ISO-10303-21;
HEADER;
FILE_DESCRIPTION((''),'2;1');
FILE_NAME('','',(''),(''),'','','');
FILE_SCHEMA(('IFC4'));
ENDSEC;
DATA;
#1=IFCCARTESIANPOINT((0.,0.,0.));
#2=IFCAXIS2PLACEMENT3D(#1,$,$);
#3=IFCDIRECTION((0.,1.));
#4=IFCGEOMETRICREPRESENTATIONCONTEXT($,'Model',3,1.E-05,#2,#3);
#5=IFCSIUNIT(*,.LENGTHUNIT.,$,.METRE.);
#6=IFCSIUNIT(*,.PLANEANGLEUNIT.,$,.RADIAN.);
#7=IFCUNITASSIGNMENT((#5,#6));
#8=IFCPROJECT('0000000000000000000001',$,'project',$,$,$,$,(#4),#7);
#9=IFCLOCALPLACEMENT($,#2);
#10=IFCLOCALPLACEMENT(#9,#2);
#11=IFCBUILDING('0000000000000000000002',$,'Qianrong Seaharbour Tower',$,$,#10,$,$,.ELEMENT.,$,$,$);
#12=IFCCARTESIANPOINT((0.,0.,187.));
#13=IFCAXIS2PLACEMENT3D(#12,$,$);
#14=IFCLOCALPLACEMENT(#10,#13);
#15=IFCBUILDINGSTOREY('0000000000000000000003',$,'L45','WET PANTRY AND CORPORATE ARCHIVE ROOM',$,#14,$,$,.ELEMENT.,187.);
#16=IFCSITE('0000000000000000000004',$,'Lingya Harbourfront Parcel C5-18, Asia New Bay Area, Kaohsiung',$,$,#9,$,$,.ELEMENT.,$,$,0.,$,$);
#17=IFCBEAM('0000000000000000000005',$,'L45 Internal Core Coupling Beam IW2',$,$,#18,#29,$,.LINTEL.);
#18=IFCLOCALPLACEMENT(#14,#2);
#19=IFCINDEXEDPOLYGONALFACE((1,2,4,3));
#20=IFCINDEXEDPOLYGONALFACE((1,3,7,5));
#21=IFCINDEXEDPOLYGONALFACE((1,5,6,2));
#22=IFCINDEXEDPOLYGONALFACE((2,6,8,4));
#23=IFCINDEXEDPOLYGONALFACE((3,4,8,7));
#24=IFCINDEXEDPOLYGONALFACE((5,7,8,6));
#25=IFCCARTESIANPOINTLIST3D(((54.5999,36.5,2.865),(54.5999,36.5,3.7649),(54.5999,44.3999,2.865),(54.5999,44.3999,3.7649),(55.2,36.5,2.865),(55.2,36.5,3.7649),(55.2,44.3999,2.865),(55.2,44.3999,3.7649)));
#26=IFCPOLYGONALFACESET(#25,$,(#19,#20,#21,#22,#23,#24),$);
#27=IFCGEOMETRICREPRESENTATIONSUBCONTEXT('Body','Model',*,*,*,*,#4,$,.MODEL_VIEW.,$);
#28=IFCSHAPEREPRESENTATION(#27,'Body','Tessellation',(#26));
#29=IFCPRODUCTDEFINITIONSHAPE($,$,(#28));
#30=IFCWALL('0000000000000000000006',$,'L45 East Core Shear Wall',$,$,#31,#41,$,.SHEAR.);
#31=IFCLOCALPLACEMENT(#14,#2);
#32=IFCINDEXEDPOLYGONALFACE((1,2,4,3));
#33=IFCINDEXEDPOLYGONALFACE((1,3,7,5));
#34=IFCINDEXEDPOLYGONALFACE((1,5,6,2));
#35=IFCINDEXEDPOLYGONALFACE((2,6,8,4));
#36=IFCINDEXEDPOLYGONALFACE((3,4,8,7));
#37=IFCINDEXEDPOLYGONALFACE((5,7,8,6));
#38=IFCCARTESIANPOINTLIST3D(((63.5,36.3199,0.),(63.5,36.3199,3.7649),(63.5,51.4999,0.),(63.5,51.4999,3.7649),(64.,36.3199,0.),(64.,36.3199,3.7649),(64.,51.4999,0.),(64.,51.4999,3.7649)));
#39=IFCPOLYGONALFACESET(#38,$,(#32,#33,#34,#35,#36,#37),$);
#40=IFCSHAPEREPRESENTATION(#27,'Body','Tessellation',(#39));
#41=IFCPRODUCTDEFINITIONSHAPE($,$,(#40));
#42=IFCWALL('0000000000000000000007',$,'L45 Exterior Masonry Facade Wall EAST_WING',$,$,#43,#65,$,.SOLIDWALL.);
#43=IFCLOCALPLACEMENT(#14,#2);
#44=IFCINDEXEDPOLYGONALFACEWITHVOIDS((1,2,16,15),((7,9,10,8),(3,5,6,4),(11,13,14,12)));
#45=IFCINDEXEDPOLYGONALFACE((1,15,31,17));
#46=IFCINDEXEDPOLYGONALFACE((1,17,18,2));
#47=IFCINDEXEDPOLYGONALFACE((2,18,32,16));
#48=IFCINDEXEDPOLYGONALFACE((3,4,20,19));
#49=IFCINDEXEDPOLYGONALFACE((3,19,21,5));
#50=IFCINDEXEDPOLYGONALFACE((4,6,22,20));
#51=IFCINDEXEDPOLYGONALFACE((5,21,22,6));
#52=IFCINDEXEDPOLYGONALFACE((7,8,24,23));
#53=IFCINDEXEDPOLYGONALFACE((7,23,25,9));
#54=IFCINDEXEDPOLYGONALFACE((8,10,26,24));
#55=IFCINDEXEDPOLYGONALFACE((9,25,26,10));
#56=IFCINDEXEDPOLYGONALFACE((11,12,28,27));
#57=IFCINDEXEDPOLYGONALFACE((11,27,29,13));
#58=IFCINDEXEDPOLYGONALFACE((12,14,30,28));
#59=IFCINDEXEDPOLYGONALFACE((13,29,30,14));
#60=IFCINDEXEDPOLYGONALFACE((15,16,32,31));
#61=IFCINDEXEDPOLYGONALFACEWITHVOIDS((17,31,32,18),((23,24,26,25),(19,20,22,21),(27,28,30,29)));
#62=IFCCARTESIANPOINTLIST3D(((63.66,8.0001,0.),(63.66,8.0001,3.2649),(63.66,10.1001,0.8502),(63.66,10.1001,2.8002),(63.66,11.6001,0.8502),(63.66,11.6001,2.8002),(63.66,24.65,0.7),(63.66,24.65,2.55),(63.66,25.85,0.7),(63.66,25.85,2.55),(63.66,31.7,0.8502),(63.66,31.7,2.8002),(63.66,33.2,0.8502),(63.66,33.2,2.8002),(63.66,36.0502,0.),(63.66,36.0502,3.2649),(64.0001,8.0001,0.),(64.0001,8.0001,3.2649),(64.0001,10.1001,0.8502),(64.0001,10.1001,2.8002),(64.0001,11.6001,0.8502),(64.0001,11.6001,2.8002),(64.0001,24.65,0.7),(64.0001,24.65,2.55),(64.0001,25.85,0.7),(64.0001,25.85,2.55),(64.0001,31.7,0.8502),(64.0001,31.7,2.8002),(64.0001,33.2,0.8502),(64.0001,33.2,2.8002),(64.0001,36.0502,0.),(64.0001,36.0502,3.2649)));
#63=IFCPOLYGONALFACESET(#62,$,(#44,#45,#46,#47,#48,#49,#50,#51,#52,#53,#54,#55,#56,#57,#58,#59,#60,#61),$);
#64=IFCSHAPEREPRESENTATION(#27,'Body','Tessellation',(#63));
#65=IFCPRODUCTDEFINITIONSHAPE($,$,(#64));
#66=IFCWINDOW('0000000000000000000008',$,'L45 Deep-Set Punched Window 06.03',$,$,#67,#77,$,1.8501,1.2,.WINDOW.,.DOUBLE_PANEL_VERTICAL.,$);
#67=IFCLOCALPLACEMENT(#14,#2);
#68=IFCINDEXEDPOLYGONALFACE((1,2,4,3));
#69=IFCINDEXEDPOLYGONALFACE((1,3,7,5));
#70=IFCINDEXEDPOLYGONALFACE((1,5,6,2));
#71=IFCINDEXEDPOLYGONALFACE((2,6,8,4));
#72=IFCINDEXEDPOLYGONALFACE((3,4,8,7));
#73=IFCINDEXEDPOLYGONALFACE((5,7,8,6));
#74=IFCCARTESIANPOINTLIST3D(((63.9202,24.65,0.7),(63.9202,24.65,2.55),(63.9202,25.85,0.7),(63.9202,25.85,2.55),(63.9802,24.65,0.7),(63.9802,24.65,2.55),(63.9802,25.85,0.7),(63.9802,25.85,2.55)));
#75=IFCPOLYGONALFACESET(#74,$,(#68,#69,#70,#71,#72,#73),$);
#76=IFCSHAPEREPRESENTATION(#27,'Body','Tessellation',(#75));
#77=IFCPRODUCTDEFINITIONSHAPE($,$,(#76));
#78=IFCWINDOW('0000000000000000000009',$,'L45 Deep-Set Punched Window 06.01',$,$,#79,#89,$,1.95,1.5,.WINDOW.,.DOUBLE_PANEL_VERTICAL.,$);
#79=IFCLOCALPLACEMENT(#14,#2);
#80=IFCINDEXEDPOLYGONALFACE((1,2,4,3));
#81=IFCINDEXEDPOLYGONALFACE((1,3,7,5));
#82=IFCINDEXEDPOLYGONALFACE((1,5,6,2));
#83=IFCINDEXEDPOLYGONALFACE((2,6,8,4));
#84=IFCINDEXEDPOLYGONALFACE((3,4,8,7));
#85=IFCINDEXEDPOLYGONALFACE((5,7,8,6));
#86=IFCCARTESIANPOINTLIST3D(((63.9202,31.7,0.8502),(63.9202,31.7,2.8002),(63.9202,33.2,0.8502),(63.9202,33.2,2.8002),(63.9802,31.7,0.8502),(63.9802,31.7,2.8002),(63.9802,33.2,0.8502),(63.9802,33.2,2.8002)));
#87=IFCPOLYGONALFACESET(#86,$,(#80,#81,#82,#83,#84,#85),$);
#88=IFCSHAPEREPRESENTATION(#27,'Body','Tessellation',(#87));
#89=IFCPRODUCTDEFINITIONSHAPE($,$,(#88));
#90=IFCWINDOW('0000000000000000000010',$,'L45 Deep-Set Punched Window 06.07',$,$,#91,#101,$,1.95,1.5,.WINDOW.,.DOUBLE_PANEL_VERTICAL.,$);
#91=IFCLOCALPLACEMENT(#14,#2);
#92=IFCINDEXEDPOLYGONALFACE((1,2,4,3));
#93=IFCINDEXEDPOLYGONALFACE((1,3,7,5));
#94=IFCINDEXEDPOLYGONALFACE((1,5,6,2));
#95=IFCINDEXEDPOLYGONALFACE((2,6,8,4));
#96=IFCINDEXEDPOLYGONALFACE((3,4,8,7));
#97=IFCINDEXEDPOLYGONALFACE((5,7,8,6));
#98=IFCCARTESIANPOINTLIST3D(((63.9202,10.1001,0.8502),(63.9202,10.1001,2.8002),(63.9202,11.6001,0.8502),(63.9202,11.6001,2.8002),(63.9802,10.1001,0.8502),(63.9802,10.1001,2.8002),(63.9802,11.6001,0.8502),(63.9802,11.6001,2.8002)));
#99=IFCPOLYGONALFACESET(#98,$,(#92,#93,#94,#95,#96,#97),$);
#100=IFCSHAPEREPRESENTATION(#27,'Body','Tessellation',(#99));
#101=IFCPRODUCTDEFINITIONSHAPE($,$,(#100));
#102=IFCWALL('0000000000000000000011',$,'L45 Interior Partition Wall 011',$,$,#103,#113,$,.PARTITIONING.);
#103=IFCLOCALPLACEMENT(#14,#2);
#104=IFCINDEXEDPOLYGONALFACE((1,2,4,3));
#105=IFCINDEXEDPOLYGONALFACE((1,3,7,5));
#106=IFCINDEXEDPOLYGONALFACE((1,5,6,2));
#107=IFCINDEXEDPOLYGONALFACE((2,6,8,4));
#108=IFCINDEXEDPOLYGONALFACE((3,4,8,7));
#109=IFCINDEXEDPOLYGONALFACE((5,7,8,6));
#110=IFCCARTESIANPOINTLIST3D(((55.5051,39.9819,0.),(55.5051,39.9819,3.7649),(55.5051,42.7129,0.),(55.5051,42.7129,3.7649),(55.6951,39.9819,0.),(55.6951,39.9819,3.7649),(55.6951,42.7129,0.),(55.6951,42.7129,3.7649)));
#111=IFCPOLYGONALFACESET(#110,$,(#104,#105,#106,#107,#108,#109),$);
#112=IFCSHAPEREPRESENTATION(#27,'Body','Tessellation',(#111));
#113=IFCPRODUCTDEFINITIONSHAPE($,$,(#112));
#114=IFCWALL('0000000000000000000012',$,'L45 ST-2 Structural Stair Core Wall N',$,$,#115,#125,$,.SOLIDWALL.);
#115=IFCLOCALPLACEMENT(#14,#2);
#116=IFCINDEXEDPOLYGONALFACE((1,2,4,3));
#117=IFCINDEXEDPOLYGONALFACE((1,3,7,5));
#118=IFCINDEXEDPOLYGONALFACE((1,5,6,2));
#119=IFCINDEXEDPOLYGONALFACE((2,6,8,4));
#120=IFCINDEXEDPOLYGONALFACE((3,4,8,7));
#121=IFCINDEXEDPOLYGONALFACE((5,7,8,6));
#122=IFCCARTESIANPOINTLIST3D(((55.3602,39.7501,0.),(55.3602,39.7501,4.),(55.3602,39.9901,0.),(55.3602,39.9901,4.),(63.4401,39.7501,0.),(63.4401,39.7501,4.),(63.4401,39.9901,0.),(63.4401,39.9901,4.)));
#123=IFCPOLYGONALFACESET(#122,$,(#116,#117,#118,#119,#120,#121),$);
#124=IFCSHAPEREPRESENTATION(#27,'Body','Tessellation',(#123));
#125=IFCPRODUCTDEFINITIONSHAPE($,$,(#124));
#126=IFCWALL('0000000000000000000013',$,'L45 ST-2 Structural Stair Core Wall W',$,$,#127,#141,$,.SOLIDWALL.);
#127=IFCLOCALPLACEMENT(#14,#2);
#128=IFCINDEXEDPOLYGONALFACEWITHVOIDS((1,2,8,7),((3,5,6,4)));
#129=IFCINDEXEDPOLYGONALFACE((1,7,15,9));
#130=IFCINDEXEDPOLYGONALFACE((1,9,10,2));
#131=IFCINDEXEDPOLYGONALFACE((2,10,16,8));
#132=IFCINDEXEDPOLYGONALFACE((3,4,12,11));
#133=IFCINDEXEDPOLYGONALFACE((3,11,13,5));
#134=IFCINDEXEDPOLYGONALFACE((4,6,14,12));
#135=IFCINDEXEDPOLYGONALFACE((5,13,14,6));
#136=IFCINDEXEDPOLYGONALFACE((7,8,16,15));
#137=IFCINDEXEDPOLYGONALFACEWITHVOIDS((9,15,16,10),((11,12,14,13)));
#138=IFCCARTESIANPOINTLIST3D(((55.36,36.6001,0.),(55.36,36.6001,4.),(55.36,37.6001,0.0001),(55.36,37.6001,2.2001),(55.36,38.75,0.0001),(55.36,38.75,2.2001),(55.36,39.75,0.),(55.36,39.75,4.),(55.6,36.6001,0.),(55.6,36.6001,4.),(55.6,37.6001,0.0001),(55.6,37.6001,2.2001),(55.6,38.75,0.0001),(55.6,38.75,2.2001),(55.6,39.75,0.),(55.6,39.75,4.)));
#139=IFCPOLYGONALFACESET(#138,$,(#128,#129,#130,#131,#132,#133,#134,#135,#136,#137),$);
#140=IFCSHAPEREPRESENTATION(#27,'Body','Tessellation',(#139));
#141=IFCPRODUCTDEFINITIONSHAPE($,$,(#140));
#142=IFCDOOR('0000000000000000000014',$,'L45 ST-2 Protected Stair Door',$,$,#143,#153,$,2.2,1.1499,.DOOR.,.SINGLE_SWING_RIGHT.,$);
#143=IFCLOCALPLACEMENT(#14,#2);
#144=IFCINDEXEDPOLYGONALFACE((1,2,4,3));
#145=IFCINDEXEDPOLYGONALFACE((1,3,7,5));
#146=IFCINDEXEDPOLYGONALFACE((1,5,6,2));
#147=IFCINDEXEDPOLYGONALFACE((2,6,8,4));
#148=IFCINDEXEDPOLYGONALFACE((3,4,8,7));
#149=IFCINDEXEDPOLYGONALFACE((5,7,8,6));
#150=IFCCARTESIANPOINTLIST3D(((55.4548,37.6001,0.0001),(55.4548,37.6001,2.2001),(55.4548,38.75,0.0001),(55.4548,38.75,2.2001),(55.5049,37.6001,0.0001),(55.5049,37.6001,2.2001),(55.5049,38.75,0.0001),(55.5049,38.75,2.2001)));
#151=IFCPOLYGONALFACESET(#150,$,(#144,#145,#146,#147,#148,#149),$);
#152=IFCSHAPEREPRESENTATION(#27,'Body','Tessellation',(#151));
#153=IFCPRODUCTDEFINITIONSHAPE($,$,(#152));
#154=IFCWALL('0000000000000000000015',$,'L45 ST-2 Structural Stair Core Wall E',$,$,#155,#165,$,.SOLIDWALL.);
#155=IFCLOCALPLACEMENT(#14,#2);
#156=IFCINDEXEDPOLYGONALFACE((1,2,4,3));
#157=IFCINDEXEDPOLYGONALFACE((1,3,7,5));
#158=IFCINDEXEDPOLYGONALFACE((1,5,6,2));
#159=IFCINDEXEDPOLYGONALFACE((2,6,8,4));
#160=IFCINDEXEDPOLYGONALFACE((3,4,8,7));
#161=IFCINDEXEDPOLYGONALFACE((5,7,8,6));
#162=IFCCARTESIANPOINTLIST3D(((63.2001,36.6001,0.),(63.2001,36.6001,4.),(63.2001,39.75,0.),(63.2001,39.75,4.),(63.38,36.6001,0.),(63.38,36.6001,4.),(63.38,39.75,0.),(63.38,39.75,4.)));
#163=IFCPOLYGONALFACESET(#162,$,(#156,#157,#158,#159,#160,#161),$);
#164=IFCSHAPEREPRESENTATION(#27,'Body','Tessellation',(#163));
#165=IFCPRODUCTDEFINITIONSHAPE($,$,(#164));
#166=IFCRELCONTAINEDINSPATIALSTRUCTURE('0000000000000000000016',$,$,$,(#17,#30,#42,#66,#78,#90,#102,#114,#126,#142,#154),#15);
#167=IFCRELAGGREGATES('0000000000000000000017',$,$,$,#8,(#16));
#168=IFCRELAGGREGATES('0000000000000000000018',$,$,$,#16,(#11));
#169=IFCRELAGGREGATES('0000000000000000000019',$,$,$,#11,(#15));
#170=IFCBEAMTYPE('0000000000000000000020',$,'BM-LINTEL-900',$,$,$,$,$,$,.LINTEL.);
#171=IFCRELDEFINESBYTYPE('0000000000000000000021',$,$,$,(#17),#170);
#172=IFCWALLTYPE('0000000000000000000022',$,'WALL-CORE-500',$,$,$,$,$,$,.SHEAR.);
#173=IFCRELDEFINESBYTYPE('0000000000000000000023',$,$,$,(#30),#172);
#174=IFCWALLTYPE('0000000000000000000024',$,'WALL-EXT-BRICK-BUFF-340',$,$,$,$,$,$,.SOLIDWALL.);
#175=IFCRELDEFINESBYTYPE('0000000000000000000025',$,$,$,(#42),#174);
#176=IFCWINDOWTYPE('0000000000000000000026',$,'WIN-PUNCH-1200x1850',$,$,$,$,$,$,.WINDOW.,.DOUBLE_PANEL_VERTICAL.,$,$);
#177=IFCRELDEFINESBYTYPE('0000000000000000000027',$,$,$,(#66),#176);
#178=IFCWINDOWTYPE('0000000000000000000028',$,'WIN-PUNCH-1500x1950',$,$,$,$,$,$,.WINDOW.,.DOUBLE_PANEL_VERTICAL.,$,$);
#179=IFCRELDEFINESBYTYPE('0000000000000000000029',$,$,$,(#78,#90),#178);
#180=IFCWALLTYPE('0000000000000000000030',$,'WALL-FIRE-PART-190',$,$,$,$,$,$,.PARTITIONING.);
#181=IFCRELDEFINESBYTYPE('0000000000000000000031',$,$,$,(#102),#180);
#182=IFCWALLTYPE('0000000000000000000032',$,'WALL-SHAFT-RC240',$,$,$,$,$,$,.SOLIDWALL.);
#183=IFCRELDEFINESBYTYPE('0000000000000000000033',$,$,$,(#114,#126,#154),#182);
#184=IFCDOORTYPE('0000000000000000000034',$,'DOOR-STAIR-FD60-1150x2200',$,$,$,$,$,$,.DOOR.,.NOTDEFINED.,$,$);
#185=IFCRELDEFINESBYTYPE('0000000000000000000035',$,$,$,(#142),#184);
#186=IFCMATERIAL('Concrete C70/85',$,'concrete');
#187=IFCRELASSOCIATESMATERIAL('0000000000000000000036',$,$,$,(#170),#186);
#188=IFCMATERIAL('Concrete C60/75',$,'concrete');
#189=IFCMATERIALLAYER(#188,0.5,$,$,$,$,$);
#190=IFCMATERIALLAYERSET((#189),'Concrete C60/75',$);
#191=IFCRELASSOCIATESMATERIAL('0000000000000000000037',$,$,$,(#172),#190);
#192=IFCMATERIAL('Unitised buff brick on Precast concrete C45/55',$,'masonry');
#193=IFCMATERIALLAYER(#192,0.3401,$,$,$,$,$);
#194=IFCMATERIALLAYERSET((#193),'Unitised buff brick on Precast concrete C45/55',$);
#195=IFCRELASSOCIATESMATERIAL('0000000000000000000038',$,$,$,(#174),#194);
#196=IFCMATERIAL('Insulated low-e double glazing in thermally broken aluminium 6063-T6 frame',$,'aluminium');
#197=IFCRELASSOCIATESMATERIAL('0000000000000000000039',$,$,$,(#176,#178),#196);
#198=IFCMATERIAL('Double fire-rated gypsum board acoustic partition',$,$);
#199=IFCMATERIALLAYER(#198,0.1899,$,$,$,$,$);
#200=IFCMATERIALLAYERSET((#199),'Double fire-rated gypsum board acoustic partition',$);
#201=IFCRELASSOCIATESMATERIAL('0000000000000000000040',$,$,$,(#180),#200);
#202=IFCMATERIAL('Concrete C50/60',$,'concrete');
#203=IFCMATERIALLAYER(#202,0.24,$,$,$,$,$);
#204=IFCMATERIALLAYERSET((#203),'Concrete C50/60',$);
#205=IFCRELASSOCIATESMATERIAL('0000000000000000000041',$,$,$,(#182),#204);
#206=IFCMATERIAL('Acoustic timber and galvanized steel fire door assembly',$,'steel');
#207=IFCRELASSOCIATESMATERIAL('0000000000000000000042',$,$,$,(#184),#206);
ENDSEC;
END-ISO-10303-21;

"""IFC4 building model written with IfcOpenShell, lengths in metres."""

from ifc_helpers import new_model, si_unit, direction, frame, frame_2d, origin, origin_2d, place, context, subcontext, project, spatial, rectangle, extrude, material, layer, layer_set, material_profile, profile_set, type_object, element, fill, save


model = new_model("IFC4")

# Units and contexts
model_context = context("Model", 3, precision=1e-05, world=origin(), true_north=direction((0.0, 1.0)))
body_context = subcontext(model_context, "Body", "Model", "MODEL_VIEW")
ifc_project = project(units=[si_unit("LENGTHUNIT", "METRE"), si_unit("PLANEANGLEUNIT", "RADIAN")], contexts=[model_context])

# Site, building, storey
site_placement = place(None, origin())
site = spatial("IfcSite", under=ifc_project, at=site_placement, Name="Lingya Harbourfront Parcel C5-18, Asia New Bay Area, Kaohsiung", CompositionType="ELEMENT", RefElevation=0.0)
building_placement = place(site_placement, origin())
building = spatial("IfcBuilding", under=site, at=building_placement, Name="Qianrong Seaharbour Tower", CompositionType="ELEMENT")
storey_placement = place(building_placement, frame((0.0, 0.0, 187.0)))
storey = spatial("IfcBuildingStorey", under=building, at=storey_placement, Name="L45", Description="WET PANTRY AND CORPORATE ARCHIVE ROOM", CompositionType="ELEMENT", Elevation=187.0)

# Beam
ifc_material_1 = material(Name="Concrete C70/85", Category="concrete")
ifc_material_profile = material_profile(ifc_material_1, rectangle(XDim=0.6001, YDim=0.8999, at=origin_2d()), Name="RC600x900")
ifc_profile_set = profile_set([ifc_material_profile], Name="Concrete C70/85")
beam_type = type_object("IfcBeamType", Name="BM-LINTEL-900", PredefinedType="LINTEL", material=ifc_profile_set)
beam_placement = place(storey_placement, frame((54.8999, 36.5, 3.3149), z_axis=(0.0, 1.0, 0.0), x_axis=(-1.0, 0.0, 0.0)))
element("IfcBeam", 1, at=beam_placement, inside=storey, type_object=beam_type, Name="L45 Internal Core Coupling Beam IW2", PredefinedType="LINTEL", context=body_context, shape_type="SweptSolid", body=[
    extrude(rectangle(XDim=0.6001, YDim=0.8999, at=origin_2d()), origin(), (0.0, 0.0, 1.0), 7.8999),
])

# Wall
ifc_material_2 = material(Name="Concrete C60/75", Category="concrete")
ifc_layer_1 = layer(ifc_material_2, 0.5)
ifc_layer_set_1 = layer_set([ifc_layer_1], Name="Concrete C60/75")
wall_type_1 = type_object("IfcWallType", Name="WALL-CORE-500", PredefinedType="SHEAR", material=ifc_layer_set_1)
wall_1_placement = place(storey_placement, frame((63.75, 36.3201, 0.0), z_axis=(0.0, 0.0, 1.0), x_axis=(0.0, 1.0, 0.0)))
element("IfcWall", 2, at=wall_1_placement, inside=storey, type_object=wall_type_1, Name="L45 East Core Shear Wall", PredefinedType="SHEAR", context=body_context, shape_type="SweptSolid", body=[
    extrude(rectangle(XDim=15.1799, YDim=0.5, at=frame_2d((7.5898, 0.0))), origin(), (0.0, 0.0, 1.0), 3.7649),
])

# Wall, openings, windows
ifc_material_3 = material(Name="Unitised buff brick on Precast concrete C45/55", Category="masonry")
ifc_layer_2 = layer(ifc_material_3, 0.3401)
ifc_layer_set_2 = layer_set([ifc_layer_2], Name="Unitised buff brick on Precast concrete C45/55")
wall_type_2 = type_object("IfcWallType", Name="WALL-EXT-BRICK-BUFF-340", PredefinedType="SOLIDWALL", material=ifc_layer_set_2)
wall_2_placement = place(storey_placement, frame((63.8301, 36.05, 0.0), z_axis=(0.0, 0.0, 1.0), x_axis=(0.0, -1.0, 0.0)))
wall_2 = element("IfcWall", 3, at=wall_2_placement, inside=storey, type_object=wall_type_2, Name="L45 Exterior Masonry Facade Wall EAST_WING", PredefinedType="SOLIDWALL", context=body_context, shape_type="SweptSolid", body=[
    extrude(rectangle(XDim=28.05, YDim=0.3401, at=frame_2d((14.0249, 0.0))), origin(), (0.0, 0.0, 1.0), 3.2649),
])
opening_1_placement = place(wall_2_placement, frame((2.8501, 0.0, 0.8501)))
opening_1 = element("IfcOpeningElement", 4, at=opening_1_placement, cuts=wall_2, PredefinedType="OPENING", context=body_context, shape_type="SweptSolid", body=[
    extrude(rectangle(XDim=1.5, YDim=1.95, at=frame_2d((0.75, 0.9751))), frame((0.0, 0.1802, 0.0), z_axis=(0.0, -1.0, 0.0), x_axis=(1.0, 0.0, 0.0)), (0.0, 0.0, 1.0), 0.3601),
])
opening_2_placement = place(wall_2_placement, frame((10.2, 0.0, 0.7)))
opening_2 = element("IfcOpeningElement", 5, at=opening_2_placement, cuts=wall_2, PredefinedType="OPENING", context=body_context, shape_type="SweptSolid", body=[
    extrude(rectangle(XDim=1.2, YDim=1.8501, at=frame_2d((0.6001, 0.925))), frame((0.0, 0.1802, 0.0), z_axis=(0.0, -1.0, 0.0), x_axis=(1.0, 0.0, 0.0)), (0.0, 0.0, 1.0), 0.3601),
])
opening_3_placement = place(wall_2_placement, frame((24.45, 0.0, 0.8501)))
opening_3 = element("IfcOpeningElement", 6, at=opening_3_placement, cuts=wall_2, PredefinedType="OPENING", context=body_context, shape_type="SweptSolid", body=[
    extrude(rectangle(XDim=1.5, YDim=1.95, at=frame_2d((0.75, 0.9751))), frame((0.0, 0.1802, 0.0), z_axis=(0.0, -1.0, 0.0), x_axis=(1.0, 0.0, 0.0)), (0.0, 0.0, 1.0), 0.3601),
])
ifc_material_4 = material(Name="Insulated low-e double glazing in thermally broken aluminium 6063-T6 frame", Category="aluminium")
window_type_1 = type_object("IfcWindowType", Name="WIN-PUNCH-1200x1850", PartitioningType="DOUBLE_PANEL_VERTICAL", PredefinedType="WINDOW", material=ifc_material_4)
window_1_placement = place(opening_2_placement, origin())
window_1 = element("IfcWindow", 7, at=window_1_placement, inside=storey, type_object=window_type_1, Name="L45 Deep-Set Punched Window 06.03", OverallHeight=1.8501, OverallWidth=1.2, PartitioningType="DOUBLE_PANEL_VERTICAL", PredefinedType="WINDOW", context=body_context, shape_type="SweptSolid", body=[
    extrude(rectangle(XDim=1.2, YDim=1.8501, at=frame_2d((0.6001, 0.925))), frame((0.0, 0.1501, 0.0), z_axis=(0.0, -1.0, 0.0), x_axis=(1.0, 0.0, 0.0)), (0.0, 0.0, 1.0), 0.0601),
])
fill(opening_2, window_1)
window_type_2 = type_object("IfcWindowType", Name="WIN-PUNCH-1500x1950", PartitioningType="DOUBLE_PANEL_VERTICAL", PredefinedType="WINDOW", material=ifc_material_4)
window_2_placement = place(opening_1_placement, origin())
window_2 = element("IfcWindow", 8, at=window_2_placement, inside=storey, type_object=window_type_2, Name="L45 Deep-Set Punched Window 06.01", OverallHeight=1.95, OverallWidth=1.5, PartitioningType="DOUBLE_PANEL_VERTICAL", PredefinedType="WINDOW", context=body_context, shape_type="SweptSolid", body=[
    extrude(rectangle(XDim=1.5, YDim=1.95, at=frame_2d((0.75, 0.9751))), frame((0.0, 0.1501, 0.0), z_axis=(0.0, -1.0, 0.0), x_axis=(1.0, 0.0, 0.0)), (0.0, 0.0, 1.0), 0.0601),
])
fill(opening_1, window_2)
window_3_placement = place(opening_3_placement, origin())
window_3 = element("IfcWindow", 9, at=window_3_placement, inside=storey, type_object=window_type_2, Name="L45 Deep-Set Punched Window 06.07", OverallHeight=1.95, OverallWidth=1.5, PartitioningType="DOUBLE_PANEL_VERTICAL", PredefinedType="WINDOW", context=body_context, shape_type="SweptSolid", body=[
    extrude(rectangle(XDim=1.5, YDim=1.95, at=frame_2d((0.75, 0.9751))), frame((0.0, 0.1501, 0.0), z_axis=(0.0, -1.0, 0.0), x_axis=(1.0, 0.0, 0.0)), (0.0, 0.0, 1.0), 0.0601),
])
fill(opening_3, window_3)

# Walls
ifc_material_5 = material(Name="Double fire-rated gypsum board acoustic partition")
ifc_layer_3 = layer(ifc_material_5, 0.1899)
ifc_layer_set_3 = layer_set([ifc_layer_3], Name="Double fire-rated gypsum board acoustic partition")
wall_type_3 = type_object("IfcWallType", Name="WALL-FIRE-PART-190", PredefinedType="PARTITIONING", material=ifc_layer_set_3)
wall_3_placement = place(storey_placement, frame((55.6001, 42.7129, 0.0), z_axis=(0.0, 0.0, 1.0), x_axis=(0.0, -1.0, 0.0)))
element("IfcWall", 10, at=wall_3_placement, inside=storey, type_object=wall_type_3, Name="L45 Interior Partition Wall 011", PredefinedType="PARTITIONING", context=body_context, shape_type="SweptSolid", body=[
    extrude(rectangle(XDim=2.731, YDim=0.1899, at=frame_2d((1.3655, 0.0))), origin(), (0.0, 0.0, 1.0), 3.7649),
])
ifc_material_6 = material(Name="Concrete C50/60", Category="concrete")
ifc_layer_4 = layer(ifc_material_6, 0.24)
ifc_layer_set_4 = layer_set([ifc_layer_4], Name="Concrete C50/60")
wall_type_4 = type_object("IfcWallType", Name="WALL-SHAFT-RC240", PredefinedType="SOLIDWALL", material=ifc_layer_set_4)
wall_4_placement = place(storey_placement, frame((55.3601, 39.8701, 0.0), z_axis=(0.0, 0.0, 1.0), x_axis=(1.0, 0.0, 0.0)))
element("IfcWall", 11, at=wall_4_placement, inside=storey, type_object=wall_type_4, Name="L45 ST-2 Structural Stair Core Wall N", PredefinedType="SOLIDWALL", context=body_context, shape_type="SweptSolid", body=[
    extrude(rectangle(XDim=8.0798, YDim=0.24, at=frame_2d((4.04, 0.0))), origin(), (0.0, 0.0, 1.0), 4.0),
])

# Wall, opening, door
wall_5_placement = place(storey_placement, frame((55.48, 39.75, 0.0), z_axis=(0.0, 0.0, 1.0), x_axis=(0.0, -1.0, 0.0)))
wall_5 = element("IfcWall", 12, at=wall_5_placement, inside=storey, type_object=wall_type_4, Name="L45 ST-2 Structural Stair Core Wall W", PredefinedType="SOLIDWALL", context=body_context, shape_type="SweptSolid", body=[
    extrude(rectangle(XDim=3.1499, YDim=0.24, at=frame_2d((1.575, 0.0))), origin(), (0.0, 0.0, 1.0), 4.0),
])
opening_4_placement = place(wall_5_placement, frame((1.0, 0.0, 0.0)))
opening_4 = element("IfcOpeningElement", 13, at=opening_4_placement, cuts=wall_5, PredefinedType="OPENING", context=body_context, shape_type="SweptSolid", body=[
    extrude(rectangle(XDim=1.1499, YDim=2.2, at=frame_2d((0.575, 1.1001))), frame((0.0, 0.1299, 0.0), z_axis=(0.0, -1.0, 0.0), x_axis=(1.0, 0.0, 0.0)), (0.0, 0.0, 1.0), 0.26),
])
ifc_material_7 = material(Name="Acoustic timber and galvanized steel fire door assembly", Category="steel")
door_type = type_object("IfcDoorType", Name="DOOR-STAIR-FD60-1150x2200", OperationType="NOTDEFINED", PredefinedType="DOOR", material=ifc_material_7)
door_placement = place(opening_4_placement, origin())
door = element("IfcDoor", 14, at=door_placement, inside=storey, type_object=door_type, Name="L45 ST-2 Protected Stair Door", OperationType="SINGLE_SWING_RIGHT", OverallHeight=2.2, OverallWidth=1.1499, PredefinedType="DOOR", context=body_context, shape_type="SweptSolid", body=[
    extrude(rectangle(XDim=1.1499, YDim=2.2, at=frame_2d((0.575, 1.1001))), frame((0.0, 0.0249, 0.0), z_axis=(0.0, -1.0, 0.0), x_axis=(1.0, 0.0, 0.0)), (0.0, 0.0, 1.0), 0.05),
])
fill(opening_4, door)

# Wall
wall_6_placement = place(storey_placement, frame((63.29, 36.6001, 0.0), z_axis=(0.0, 0.0, 1.0), x_axis=(0.0, 1.0, 0.0)))
element("IfcWall", 15, at=wall_6_placement, inside=storey, type_object=wall_type_4, Name="L45 ST-2 Structural Stair Core Wall E", PredefinedType="SOLIDWALL", context=body_context, shape_type="SweptSolid", body=[
    extrude(rectangle(XDim=3.1499, YDim=0.1799, at=frame_2d((1.575, 0.0))), origin(), (0.0, 0.0, 1.0), 4.0),
])

save(model, "model.ifc")
